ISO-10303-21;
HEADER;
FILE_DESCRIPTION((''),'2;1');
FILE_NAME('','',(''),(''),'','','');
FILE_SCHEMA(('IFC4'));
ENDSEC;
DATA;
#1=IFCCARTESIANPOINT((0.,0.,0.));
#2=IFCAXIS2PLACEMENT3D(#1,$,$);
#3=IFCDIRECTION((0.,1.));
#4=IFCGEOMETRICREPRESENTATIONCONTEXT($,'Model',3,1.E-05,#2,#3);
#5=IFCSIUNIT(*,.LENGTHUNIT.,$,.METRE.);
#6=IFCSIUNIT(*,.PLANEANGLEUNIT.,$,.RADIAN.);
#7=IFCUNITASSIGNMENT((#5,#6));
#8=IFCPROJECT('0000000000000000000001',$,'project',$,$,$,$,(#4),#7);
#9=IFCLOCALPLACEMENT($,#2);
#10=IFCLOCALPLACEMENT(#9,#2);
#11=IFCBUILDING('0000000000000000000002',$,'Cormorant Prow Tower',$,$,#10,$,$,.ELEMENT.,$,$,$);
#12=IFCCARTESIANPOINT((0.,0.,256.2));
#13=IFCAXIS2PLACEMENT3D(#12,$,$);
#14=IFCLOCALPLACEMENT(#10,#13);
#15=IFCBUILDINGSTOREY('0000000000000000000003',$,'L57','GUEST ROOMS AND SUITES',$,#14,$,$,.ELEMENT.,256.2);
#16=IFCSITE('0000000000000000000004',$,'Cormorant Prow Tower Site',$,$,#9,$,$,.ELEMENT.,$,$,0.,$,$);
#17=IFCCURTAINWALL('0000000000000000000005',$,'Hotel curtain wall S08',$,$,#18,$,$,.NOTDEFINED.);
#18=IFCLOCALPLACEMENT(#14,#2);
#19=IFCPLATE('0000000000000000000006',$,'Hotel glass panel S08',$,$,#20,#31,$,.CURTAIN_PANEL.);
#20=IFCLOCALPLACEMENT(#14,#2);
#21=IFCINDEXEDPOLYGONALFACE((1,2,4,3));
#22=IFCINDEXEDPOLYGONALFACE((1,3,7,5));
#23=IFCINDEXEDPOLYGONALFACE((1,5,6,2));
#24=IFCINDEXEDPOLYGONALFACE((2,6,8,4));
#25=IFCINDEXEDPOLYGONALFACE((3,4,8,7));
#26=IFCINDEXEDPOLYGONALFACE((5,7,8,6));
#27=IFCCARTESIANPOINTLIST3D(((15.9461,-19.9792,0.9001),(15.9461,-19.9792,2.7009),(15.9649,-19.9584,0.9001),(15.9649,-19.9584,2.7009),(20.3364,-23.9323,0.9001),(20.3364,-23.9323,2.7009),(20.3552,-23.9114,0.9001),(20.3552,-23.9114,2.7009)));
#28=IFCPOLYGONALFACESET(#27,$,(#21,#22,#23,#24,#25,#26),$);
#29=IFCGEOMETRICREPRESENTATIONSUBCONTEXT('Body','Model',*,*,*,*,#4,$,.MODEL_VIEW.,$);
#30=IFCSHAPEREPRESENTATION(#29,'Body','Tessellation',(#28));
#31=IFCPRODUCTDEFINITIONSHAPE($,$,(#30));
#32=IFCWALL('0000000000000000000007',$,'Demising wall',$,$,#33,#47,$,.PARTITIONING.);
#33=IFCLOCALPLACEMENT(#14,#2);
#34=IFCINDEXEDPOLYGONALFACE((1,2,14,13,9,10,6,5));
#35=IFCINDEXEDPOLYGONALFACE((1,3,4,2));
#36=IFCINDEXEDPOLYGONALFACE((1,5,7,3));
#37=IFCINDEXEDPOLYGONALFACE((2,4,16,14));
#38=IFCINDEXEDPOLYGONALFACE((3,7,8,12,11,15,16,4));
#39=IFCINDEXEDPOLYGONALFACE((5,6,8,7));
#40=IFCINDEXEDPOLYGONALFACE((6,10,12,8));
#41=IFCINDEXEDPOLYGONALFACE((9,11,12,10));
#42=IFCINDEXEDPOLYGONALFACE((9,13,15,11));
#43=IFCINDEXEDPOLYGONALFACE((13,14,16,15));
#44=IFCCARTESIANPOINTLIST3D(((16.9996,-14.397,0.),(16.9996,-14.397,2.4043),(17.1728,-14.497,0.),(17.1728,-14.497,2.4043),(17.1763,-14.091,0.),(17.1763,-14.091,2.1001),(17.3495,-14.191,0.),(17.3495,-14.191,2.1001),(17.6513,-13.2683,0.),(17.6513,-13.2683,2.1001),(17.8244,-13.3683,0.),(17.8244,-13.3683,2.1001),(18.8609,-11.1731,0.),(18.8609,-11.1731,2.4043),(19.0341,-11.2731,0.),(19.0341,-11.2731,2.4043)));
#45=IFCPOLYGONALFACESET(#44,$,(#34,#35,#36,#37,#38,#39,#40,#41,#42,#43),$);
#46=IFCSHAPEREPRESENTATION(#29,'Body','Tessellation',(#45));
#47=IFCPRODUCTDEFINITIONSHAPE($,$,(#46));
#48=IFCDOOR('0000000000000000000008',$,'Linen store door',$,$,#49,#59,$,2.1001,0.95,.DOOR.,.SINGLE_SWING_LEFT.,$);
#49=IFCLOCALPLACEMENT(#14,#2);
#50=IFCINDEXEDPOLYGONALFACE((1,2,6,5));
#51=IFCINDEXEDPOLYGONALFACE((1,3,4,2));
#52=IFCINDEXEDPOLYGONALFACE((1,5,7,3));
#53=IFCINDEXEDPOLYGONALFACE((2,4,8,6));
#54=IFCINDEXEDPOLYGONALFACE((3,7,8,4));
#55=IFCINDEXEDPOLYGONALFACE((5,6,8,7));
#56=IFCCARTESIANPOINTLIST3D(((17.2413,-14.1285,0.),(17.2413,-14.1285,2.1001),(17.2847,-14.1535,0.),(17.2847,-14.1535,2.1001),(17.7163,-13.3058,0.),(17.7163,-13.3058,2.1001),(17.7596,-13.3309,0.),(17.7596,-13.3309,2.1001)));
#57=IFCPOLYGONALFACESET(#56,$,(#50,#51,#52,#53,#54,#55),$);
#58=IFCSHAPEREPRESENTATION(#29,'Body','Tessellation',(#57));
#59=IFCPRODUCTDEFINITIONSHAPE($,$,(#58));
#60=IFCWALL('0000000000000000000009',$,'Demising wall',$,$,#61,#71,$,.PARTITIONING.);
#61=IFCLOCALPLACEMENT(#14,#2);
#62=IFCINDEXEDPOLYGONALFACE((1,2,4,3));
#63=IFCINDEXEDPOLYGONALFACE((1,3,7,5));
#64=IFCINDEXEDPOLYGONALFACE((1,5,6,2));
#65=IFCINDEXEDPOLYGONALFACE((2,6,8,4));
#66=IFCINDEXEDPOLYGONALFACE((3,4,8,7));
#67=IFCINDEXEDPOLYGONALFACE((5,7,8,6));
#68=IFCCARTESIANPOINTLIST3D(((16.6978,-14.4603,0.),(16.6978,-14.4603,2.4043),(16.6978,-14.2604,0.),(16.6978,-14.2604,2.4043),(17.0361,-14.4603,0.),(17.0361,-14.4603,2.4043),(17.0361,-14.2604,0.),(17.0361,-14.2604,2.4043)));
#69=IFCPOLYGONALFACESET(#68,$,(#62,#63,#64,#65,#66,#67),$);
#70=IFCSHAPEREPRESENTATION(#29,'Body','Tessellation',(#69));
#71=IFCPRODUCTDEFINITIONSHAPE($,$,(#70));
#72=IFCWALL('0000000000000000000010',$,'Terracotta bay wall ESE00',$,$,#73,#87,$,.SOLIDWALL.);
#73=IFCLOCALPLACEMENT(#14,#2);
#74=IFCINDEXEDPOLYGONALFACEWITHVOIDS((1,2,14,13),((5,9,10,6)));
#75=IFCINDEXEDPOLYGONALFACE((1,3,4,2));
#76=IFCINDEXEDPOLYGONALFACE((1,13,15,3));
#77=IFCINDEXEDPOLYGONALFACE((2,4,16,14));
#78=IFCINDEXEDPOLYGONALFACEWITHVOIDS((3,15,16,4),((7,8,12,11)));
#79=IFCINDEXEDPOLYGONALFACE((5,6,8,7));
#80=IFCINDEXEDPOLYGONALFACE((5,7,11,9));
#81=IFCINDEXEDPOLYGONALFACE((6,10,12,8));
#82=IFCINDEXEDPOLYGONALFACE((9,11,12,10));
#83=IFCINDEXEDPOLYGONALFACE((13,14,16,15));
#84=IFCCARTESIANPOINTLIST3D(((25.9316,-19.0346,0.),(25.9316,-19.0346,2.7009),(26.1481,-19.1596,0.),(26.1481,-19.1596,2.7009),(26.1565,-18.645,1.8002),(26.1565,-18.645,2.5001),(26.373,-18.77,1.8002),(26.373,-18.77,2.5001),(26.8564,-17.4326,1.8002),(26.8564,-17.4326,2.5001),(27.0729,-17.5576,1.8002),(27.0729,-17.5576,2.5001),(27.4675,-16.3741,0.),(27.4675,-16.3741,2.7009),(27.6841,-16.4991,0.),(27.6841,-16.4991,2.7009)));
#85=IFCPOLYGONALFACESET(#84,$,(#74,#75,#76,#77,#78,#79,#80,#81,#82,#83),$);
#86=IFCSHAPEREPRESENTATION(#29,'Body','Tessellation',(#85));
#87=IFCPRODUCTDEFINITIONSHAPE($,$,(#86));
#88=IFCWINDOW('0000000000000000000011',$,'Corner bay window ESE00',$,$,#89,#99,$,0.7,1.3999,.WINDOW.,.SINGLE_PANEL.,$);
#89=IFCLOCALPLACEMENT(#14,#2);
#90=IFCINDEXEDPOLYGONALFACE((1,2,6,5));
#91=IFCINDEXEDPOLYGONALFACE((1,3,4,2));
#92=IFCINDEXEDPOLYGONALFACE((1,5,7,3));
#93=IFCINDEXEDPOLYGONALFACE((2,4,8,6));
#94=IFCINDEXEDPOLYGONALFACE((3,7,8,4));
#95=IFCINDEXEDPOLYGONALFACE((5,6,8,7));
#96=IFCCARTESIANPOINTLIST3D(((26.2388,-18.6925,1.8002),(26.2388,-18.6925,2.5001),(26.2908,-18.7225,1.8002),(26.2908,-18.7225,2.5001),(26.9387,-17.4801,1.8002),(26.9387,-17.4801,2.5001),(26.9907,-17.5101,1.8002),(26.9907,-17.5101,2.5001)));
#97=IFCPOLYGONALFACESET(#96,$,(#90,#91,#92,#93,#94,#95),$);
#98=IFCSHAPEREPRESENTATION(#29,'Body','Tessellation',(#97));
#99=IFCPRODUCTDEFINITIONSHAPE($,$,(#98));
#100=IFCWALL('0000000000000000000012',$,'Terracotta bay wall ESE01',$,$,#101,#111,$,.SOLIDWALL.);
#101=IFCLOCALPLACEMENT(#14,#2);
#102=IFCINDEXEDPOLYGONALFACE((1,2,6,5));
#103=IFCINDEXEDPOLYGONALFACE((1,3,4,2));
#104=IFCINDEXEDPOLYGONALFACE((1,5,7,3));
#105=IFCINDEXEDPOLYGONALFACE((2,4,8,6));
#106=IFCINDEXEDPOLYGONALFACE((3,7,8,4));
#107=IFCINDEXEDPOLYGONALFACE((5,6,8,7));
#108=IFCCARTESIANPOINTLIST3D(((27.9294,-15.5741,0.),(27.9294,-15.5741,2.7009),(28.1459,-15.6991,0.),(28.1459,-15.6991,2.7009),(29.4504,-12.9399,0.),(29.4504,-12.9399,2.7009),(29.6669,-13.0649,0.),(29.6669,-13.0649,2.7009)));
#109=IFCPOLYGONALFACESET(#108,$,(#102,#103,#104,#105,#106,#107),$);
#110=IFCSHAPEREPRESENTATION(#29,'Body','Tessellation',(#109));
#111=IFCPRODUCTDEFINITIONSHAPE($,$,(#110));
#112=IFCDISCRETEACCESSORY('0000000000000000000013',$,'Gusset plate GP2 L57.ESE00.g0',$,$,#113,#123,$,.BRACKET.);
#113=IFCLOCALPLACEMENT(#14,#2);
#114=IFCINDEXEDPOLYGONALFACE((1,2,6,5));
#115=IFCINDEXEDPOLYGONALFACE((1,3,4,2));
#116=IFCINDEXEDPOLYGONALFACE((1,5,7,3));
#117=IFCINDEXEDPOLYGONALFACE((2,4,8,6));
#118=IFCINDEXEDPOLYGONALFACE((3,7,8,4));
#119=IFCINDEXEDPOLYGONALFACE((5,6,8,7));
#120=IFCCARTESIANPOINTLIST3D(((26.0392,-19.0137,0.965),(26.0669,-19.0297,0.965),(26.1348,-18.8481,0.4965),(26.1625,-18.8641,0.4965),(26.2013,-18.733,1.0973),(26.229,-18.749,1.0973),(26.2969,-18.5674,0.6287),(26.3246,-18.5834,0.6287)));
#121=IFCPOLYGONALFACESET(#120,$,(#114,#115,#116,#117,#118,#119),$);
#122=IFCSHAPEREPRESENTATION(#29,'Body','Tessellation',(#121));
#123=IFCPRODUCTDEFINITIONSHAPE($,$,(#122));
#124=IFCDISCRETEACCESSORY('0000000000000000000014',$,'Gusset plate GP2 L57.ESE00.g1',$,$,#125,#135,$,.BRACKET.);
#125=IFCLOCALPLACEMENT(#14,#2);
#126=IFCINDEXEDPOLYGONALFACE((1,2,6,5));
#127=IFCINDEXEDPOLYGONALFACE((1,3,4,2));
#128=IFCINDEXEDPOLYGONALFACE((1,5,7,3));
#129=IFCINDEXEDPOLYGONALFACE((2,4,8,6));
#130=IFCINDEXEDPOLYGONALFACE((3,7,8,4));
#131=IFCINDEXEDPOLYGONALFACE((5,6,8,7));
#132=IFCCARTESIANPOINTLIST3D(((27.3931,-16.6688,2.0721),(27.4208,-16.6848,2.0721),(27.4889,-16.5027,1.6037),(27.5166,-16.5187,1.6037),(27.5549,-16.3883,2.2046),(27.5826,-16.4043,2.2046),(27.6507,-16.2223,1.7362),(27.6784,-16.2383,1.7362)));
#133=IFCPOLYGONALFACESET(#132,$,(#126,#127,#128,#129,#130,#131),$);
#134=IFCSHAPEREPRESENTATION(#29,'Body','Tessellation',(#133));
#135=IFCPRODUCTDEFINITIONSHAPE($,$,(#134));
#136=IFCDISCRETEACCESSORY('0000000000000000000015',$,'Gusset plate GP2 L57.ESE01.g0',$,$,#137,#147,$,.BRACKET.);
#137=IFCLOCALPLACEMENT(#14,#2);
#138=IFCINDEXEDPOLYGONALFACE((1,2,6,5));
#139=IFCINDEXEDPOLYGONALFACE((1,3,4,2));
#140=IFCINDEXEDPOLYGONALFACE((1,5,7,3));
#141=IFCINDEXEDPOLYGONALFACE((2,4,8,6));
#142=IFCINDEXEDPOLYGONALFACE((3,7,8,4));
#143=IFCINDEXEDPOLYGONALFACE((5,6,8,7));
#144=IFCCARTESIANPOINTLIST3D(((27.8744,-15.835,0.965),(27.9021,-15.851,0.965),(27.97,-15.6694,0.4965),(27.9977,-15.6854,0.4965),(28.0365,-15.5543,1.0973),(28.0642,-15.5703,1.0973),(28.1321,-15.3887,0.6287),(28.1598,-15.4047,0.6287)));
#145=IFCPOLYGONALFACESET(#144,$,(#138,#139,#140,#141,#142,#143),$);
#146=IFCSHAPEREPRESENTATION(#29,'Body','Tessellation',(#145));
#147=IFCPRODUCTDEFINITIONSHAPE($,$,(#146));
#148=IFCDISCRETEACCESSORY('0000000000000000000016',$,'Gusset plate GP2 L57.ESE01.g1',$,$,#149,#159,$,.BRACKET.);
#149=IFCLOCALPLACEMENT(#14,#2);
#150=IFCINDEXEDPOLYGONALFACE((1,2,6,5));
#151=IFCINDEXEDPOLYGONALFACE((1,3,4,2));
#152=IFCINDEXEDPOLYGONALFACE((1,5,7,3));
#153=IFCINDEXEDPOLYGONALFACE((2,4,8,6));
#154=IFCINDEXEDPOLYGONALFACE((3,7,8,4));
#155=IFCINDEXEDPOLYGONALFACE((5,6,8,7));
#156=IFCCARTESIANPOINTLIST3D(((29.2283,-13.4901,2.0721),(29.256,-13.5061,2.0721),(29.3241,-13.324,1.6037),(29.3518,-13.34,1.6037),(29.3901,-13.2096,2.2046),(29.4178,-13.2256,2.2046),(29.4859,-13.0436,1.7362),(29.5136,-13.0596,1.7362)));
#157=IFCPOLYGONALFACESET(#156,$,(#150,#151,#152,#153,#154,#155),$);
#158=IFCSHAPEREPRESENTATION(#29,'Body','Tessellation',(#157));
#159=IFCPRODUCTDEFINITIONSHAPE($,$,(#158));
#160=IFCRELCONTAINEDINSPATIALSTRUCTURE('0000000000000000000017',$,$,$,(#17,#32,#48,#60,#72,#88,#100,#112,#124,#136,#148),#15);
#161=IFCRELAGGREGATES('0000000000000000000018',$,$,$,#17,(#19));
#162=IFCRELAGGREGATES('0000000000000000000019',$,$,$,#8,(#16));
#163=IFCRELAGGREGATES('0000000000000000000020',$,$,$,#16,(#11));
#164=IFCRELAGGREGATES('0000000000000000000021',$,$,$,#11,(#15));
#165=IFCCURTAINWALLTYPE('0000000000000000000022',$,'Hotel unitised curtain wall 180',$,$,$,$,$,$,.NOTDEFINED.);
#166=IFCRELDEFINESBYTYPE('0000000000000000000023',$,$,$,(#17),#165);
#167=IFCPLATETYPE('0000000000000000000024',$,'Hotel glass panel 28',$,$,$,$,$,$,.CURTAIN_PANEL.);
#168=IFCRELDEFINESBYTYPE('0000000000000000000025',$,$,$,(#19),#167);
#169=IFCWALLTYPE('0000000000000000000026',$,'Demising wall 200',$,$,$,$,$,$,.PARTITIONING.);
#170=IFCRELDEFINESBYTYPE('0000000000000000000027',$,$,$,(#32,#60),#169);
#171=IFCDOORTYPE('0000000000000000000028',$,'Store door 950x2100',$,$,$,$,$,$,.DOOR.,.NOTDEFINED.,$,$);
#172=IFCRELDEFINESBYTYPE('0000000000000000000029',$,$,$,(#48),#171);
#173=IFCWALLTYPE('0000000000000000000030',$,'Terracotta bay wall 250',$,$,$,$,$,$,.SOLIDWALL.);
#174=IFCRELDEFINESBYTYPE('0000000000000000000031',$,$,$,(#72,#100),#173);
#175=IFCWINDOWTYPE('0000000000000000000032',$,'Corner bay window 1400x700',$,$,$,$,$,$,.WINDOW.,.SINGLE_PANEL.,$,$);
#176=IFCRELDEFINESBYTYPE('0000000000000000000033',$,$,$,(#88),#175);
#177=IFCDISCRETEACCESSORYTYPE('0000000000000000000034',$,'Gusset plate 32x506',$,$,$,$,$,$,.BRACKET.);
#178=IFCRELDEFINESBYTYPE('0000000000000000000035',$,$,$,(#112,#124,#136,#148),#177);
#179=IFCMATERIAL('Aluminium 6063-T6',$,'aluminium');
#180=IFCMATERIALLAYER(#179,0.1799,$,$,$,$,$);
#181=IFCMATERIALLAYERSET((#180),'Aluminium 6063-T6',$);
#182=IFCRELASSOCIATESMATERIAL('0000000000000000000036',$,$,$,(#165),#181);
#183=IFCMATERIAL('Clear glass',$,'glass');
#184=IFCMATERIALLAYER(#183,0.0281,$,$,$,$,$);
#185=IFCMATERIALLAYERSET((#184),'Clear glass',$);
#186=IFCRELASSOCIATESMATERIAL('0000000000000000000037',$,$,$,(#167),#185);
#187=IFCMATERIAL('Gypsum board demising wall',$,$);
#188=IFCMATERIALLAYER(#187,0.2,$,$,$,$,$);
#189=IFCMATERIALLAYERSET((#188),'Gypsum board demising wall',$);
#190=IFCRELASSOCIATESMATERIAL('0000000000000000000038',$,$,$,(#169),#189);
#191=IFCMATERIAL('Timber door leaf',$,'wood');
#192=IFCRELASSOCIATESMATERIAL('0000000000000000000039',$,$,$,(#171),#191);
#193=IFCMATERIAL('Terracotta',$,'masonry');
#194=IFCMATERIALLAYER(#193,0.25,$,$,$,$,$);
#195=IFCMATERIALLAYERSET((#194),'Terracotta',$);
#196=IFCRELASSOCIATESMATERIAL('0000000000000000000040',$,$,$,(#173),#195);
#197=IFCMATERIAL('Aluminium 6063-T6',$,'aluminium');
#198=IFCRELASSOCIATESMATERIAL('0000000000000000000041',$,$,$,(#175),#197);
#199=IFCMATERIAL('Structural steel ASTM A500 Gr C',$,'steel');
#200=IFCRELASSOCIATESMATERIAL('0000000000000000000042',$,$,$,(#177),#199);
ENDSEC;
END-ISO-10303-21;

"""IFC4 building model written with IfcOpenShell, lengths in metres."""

from ifc_helpers import new_model, si_unit, direction, frame, frame_2d, origin, origin_2d, place, context, subcontext, project, spatial, rectangle, extrude, material, layer, layer_set, material_profile, profile_set, type_object, element, fill, aggregate, save


model = new_model("IFC4")

# Units and contexts
model_context = context("Model", 3, precision=1e-05, world=origin(), true_north=direction((0.0, 1.0)))
body_context = subcontext(model_context, "Body", "Model", "MODEL_VIEW")
ifc_project = project(units=[si_unit("LENGTHUNIT", "METRE"), si_unit("PLANEANGLEUNIT", "RADIAN")], contexts=[model_context])

# Site, building, storey
site_placement = place(None, origin())
site = spatial("IfcSite", under=ifc_project, at=site_placement, Name="Cormorant Prow Tower Site", CompositionType="ELEMENT", RefElevation=0.0)
building_placement = place(site_placement, origin())
building = spatial("IfcBuilding", under=site, at=building_placement, Name="Cormorant Prow Tower", CompositionType="ELEMENT")
storey_placement = place(building_placement, frame((0.0, 0.0, 256.2)))
storey = spatial("IfcBuildingStorey", under=building, at=storey_placement, Name="L57", Description="GUEST ROOMS AND SUITES", CompositionType="ELEMENT", Elevation=256.2)

# Curtain wall
ifc_material_1 = material(Name="Aluminium 6063-T6", Category="aluminium")
ifc_layer_1 = layer(ifc_material_1, 0.1799)
ifc_layer_set_1 = layer_set([ifc_layer_1], Name="Aluminium 6063-T6")
curtain_wall_type = type_object("IfcCurtainWallType", Name="Hotel unitised curtain wall 180", PredefinedType="NOTDEFINED", material=ifc_layer_set_1)
curtain_wall_placement = place(storey_placement, origin())
curtain_wall = element("IfcCurtainWall", 1, at=curtain_wall_placement, inside=storey, type_object=curtain_wall_type, Name="Hotel curtain wall S08", PredefinedType="NOTDEFINED")

# Plate
ifc_material_2 = material(Name="Clear glass", Category="glass")
ifc_layer_2 = layer(ifc_material_2, 0.0281)
ifc_layer_set_2 = layer_set([ifc_layer_2], Name="Clear glass")
plate_type = type_object("IfcPlateType", Name="Hotel glass panel 28", PredefinedType="CURTAIN_PANEL", material=ifc_layer_set_2)
plate_placement = place(storey_placement, frame((18.1506, -21.9453, 0.9001), z_axis=(0.0, 0.0, 1.0), x_axis=(0.743145, -0.669131, 0.0)))
plate = element("IfcPlate", 2, at=plate_placement, type_object=plate_type, Name="Hotel glass panel S08", PredefinedType="CURTAIN_PANEL", context=body_context, shape_type="SweptSolid", body=[
    extrude(rectangle(XDim=5.9077, YDim=0.0281, at=origin_2d()), origin(), (0.0, 0.0, 1.0), 1.8008),
])
aggregate(curtain_wall, [plate])

# Wall, opening, door
ifc_material_3 = material(Name="Gypsum board demising wall")
ifc_layer_3 = layer(ifc_material_3, 0.2)
ifc_layer_set_3 = layer_set([ifc_layer_3], Name="Gypsum board demising wall")
wall_type_1 = type_object("IfcWallType", Name="Demising wall 200", PredefinedType="PARTITIONING", material=ifc_layer_set_3)
wall_1_placement = place(storey_placement, frame((17.0862, -14.447, 0.0), z_axis=(0.0, 0.0, 1.0), x_axis=(0.500004, 0.866023, 0.0)))
wall_1 = element("IfcWall", 3, at=wall_1_placement, inside=storey, type_object=wall_type_1, Name="Demising wall", PredefinedType="PARTITIONING", context=body_context, shape_type="SweptSolid", body=[
    extrude(rectangle(XDim=3.7227, YDim=0.2, at=frame_2d((1.8613, 0.0))), origin(), (0.0, 0.0, 1.0), 2.4043),
])
opening_1_placement = place(wall_1_placement, frame((0.3533, 0.0, 0.0)))
opening_1 = element("IfcOpeningElement", 4, at=opening_1_placement, cuts=wall_1, PredefinedType="OPENING", context=body_context, shape_type="SweptSolid", body=[
    extrude(rectangle(XDim=0.95, YDim=2.1001, at=frame_2d((0.4751, 1.05))), frame((0.0, 0.1099, 0.0), z_axis=(0.0, -1.0, 0.0), x_axis=(1.0, 0.0, 0.0)), (0.0, 0.0, 1.0), 0.22),
])
ifc_material_4 = material(Name="Timber door leaf", Category="wood")
door_type_1 = type_object("IfcDoorType", Name="Store door 950x2100", OperationType="NOTDEFINED", PredefinedType="DOOR", material=ifc_material_4)
door_1_placement = place(opening_1_placement, origin())
door_1 = element("IfcDoor", 5, at=door_1_placement, inside=storey, type_object=door_type_1, Name="Linen store door", OperationType="SINGLE_SWING_LEFT", OverallHeight=2.1001, OverallWidth=0.95, PredefinedType="DOOR", context=body_context, shape_type="SweptSolid", body=[
    extrude(rectangle(XDim=0.95, YDim=2.1001, at=frame_2d((0.4751, 1.05))), frame((0.0, 0.0249, 0.0), z_axis=(0.0, -1.0, 0.0), x_axis=(1.0, 0.0, 0.0)), (0.0, 0.0, 1.0), 0.05),
])
fill(opening_1, door_1)

# Wall
wall_2_placement = place(storey_placement, frame((16.6978, -14.3604, 0.0), z_axis=(0.0, 0.0, 1.0), x_axis=(1.0, 0.0, 0.0)))
element("IfcWall", 6, at=wall_2_placement, inside=storey, type_object=wall_type_1, Name="Demising wall", PredefinedType="PARTITIONING", context=body_context, shape_type="SweptSolid", body=[
    extrude(rectangle(XDim=0.3384, YDim=0.2, at=frame_2d((0.1692, 0.0))), origin(), (0.0, 0.0, 1.0), 2.4043),
])

# Wall, opening, window
ifc_material_5 = material(Name="Terracotta", Category="masonry")
ifc_layer_4 = layer(ifc_material_5, 0.25)
ifc_layer_set_4 = layer_set([ifc_layer_4], Name="Terracotta")
wall_type_2 = type_object("IfcWallType", Name="Terracotta bay wall 250", PredefinedType="SOLIDWALL", material=ifc_layer_set_4)
wall_3_placement = place(storey_placement, frame((26.0398, -19.0972, 0.0), z_axis=(0.0, 0.0, 1.0), x_axis=(0.499977, 0.866039, 0.0)))
wall_3 = element("IfcWall", 7, at=wall_3_placement, inside=storey, type_object=wall_type_2, Name="Terracotta bay wall ESE00", PredefinedType="SOLIDWALL", context=body_context, shape_type="SweptSolid", body=[
    extrude(rectangle(XDim=3.072, YDim=0.25, at=frame_2d((1.5361, 0.0))), origin(), (0.0, 0.0, 1.0), 2.7009),
])
opening_2_placement = place(wall_3_placement, frame((0.45, 0.0, 1.8)))
opening_2 = element("IfcOpeningElement", 8, at=opening_2_placement, cuts=wall_3, PredefinedType="OPENING", context=body_context, shape_type="SweptSolid", body=[
    extrude(rectangle(XDim=1.3999, YDim=0.7, at=frame_2d((0.7, 0.3501))), frame((0.0, 0.135, 0.0), z_axis=(0.0, -1.0, 0.0), x_axis=(1.0, 0.0, 0.0)), (0.0, 0.0, 1.0), 0.27),
])
ifc_material_6 = material(Name="Aluminium 6063-T6", Category="aluminium")
window_type = type_object("IfcWindowType", Name="Corner bay window 1400x700", PartitioningType="SINGLE_PANEL", PredefinedType="WINDOW", material=ifc_material_6)
window_placement = place(opening_2_placement, origin())
window = element("IfcWindow", 9, at=window_placement, inside=storey, type_object=window_type, Name="Corner bay window ESE00", OverallHeight=0.7, OverallWidth=1.3999, PartitioningType="SINGLE_PANEL", PredefinedType="WINDOW", context=body_context, shape_type="SweptSolid", body=[
    extrude(rectangle(XDim=1.3999, YDim=0.7, at=frame_2d((0.7, 0.3501))), frame((0.0, 0.03, 0.0), z_axis=(0.0, -1.0, 0.0), x_axis=(1.0, 0.0, 0.0)), (0.0, 0.0, 1.0), 0.0601),
])
fill(opening_2, window)

# Wall
wall_4_placement = place(storey_placement, frame((28.0376, -15.6367, 0.0), z_axis=(0.0, 0.0, 1.0), x_axis=(0.500024, 0.866012, 0.0)))
element("IfcWall", 10, at=wall_4_placement, inside=storey, type_object=wall_type_2, Name="Terracotta bay wall ESE01", PredefinedType="SOLIDWALL", context=body_context, shape_type="SweptSolid", body=[
    extrude(rectangle(XDim=3.0417, YDim=0.25, at=frame_2d((1.521, 0.0))), origin(), (0.0, 0.0, 1.0), 2.7009),
])

# Discrete accessories
ifc_material_7 = material(Name="Structural steel ASTM A500 Gr C", Category="steel")
ifc_material_profile_1 = material_profile(ifc_material_7, rectangle(XDim=0.032, YDim=0.5061, at=origin_2d()), Name="Gusset plate 32x506")
ifc_profile_set_1 = profile_set([ifc_material_profile_1], Name="Structural steel ASTM A500 Gr C")
discrete_accessory_type = type_object("IfcDiscreteAccessoryType", Name="Gusset plate 32x506", PredefinedType="BRACKET", material=ifc_profile_set_1)
discrete_accessory_1_placement = place(storey_placement, frame((26.2629, -18.6582, 0.863), z_axis=(-0.46295, -0.801796, -0.37789), x_axis=(0.86601, -0.500027, 0.0)))
element("IfcDiscreteAccessory", 11, at=discrete_accessory_1_placement, inside=storey, type_object=discrete_accessory_type, Name="Gusset plate GP2 L57.ESE00.g0", PredefinedType="BRACKET", context=body_context, shape_type="SweptSolid", body=[
    extrude(rectangle(XDim=0.032, YDim=0.5061, at=origin_2d()), origin(), (0.0, 0.0, 1.0), 0.3501),
])
discrete_accessory_2_placement = place(storey_placement, frame((27.4548, -16.5938, 1.8379), z_axis=(0.462538, 0.801594, 0.378821), x_axis=(-0.866148, 0.499788, 0.0)))
element("IfcDiscreteAccessory", 12, at=discrete_accessory_2_placement, inside=storey, type_object=discrete_accessory_type, Name="Gusset plate GP2 L57.ESE00.g1", PredefinedType="BRACKET", context=body_context, shape_type="SweptSolid", body=[
    extrude(rectangle(XDim=0.032, YDim=0.5061, at=origin_2d()), origin(), (0.0, 0.0, 1.0), 0.3499),
])
discrete_accessory_3_placement = place(storey_placement, frame((28.0981, -15.4795, 0.863), z_axis=(-0.46295, -0.801796, -0.37789), x_axis=(0.86601, -0.500027, 0.0)))
element("IfcDiscreteAccessory", 13, at=discrete_accessory_3_placement, inside=storey, type_object=discrete_accessory_type, Name="Gusset plate GP2 L57.ESE01.g0", PredefinedType="BRACKET", context=body_context, shape_type="SweptSolid", body=[
    extrude(rectangle(XDim=0.032, YDim=0.5061, at=origin_2d()), origin(), (0.0, 0.0, 1.0), 0.3501),
])
discrete_accessory_4_placement = place(storey_placement, frame((29.29, -13.415, 1.8379), z_axis=(0.462538, 0.801594, 0.378821), x_axis=(-0.866148, 0.499788, 0.0)))
element("IfcDiscreteAccessory", 14, at=discrete_accessory_4_placement, inside=storey, type_object=discrete_accessory_type, Name="Gusset plate GP2 L57.ESE01.g1", PredefinedType="BRACKET", context=body_context, shape_type="SweptSolid", body=[
    extrude(rectangle(XDim=0.032, YDim=0.5061, at=origin_2d()), origin(), (0.0, 0.0, 1.0), 0.3499),
])

save(model, "model.ifc")
